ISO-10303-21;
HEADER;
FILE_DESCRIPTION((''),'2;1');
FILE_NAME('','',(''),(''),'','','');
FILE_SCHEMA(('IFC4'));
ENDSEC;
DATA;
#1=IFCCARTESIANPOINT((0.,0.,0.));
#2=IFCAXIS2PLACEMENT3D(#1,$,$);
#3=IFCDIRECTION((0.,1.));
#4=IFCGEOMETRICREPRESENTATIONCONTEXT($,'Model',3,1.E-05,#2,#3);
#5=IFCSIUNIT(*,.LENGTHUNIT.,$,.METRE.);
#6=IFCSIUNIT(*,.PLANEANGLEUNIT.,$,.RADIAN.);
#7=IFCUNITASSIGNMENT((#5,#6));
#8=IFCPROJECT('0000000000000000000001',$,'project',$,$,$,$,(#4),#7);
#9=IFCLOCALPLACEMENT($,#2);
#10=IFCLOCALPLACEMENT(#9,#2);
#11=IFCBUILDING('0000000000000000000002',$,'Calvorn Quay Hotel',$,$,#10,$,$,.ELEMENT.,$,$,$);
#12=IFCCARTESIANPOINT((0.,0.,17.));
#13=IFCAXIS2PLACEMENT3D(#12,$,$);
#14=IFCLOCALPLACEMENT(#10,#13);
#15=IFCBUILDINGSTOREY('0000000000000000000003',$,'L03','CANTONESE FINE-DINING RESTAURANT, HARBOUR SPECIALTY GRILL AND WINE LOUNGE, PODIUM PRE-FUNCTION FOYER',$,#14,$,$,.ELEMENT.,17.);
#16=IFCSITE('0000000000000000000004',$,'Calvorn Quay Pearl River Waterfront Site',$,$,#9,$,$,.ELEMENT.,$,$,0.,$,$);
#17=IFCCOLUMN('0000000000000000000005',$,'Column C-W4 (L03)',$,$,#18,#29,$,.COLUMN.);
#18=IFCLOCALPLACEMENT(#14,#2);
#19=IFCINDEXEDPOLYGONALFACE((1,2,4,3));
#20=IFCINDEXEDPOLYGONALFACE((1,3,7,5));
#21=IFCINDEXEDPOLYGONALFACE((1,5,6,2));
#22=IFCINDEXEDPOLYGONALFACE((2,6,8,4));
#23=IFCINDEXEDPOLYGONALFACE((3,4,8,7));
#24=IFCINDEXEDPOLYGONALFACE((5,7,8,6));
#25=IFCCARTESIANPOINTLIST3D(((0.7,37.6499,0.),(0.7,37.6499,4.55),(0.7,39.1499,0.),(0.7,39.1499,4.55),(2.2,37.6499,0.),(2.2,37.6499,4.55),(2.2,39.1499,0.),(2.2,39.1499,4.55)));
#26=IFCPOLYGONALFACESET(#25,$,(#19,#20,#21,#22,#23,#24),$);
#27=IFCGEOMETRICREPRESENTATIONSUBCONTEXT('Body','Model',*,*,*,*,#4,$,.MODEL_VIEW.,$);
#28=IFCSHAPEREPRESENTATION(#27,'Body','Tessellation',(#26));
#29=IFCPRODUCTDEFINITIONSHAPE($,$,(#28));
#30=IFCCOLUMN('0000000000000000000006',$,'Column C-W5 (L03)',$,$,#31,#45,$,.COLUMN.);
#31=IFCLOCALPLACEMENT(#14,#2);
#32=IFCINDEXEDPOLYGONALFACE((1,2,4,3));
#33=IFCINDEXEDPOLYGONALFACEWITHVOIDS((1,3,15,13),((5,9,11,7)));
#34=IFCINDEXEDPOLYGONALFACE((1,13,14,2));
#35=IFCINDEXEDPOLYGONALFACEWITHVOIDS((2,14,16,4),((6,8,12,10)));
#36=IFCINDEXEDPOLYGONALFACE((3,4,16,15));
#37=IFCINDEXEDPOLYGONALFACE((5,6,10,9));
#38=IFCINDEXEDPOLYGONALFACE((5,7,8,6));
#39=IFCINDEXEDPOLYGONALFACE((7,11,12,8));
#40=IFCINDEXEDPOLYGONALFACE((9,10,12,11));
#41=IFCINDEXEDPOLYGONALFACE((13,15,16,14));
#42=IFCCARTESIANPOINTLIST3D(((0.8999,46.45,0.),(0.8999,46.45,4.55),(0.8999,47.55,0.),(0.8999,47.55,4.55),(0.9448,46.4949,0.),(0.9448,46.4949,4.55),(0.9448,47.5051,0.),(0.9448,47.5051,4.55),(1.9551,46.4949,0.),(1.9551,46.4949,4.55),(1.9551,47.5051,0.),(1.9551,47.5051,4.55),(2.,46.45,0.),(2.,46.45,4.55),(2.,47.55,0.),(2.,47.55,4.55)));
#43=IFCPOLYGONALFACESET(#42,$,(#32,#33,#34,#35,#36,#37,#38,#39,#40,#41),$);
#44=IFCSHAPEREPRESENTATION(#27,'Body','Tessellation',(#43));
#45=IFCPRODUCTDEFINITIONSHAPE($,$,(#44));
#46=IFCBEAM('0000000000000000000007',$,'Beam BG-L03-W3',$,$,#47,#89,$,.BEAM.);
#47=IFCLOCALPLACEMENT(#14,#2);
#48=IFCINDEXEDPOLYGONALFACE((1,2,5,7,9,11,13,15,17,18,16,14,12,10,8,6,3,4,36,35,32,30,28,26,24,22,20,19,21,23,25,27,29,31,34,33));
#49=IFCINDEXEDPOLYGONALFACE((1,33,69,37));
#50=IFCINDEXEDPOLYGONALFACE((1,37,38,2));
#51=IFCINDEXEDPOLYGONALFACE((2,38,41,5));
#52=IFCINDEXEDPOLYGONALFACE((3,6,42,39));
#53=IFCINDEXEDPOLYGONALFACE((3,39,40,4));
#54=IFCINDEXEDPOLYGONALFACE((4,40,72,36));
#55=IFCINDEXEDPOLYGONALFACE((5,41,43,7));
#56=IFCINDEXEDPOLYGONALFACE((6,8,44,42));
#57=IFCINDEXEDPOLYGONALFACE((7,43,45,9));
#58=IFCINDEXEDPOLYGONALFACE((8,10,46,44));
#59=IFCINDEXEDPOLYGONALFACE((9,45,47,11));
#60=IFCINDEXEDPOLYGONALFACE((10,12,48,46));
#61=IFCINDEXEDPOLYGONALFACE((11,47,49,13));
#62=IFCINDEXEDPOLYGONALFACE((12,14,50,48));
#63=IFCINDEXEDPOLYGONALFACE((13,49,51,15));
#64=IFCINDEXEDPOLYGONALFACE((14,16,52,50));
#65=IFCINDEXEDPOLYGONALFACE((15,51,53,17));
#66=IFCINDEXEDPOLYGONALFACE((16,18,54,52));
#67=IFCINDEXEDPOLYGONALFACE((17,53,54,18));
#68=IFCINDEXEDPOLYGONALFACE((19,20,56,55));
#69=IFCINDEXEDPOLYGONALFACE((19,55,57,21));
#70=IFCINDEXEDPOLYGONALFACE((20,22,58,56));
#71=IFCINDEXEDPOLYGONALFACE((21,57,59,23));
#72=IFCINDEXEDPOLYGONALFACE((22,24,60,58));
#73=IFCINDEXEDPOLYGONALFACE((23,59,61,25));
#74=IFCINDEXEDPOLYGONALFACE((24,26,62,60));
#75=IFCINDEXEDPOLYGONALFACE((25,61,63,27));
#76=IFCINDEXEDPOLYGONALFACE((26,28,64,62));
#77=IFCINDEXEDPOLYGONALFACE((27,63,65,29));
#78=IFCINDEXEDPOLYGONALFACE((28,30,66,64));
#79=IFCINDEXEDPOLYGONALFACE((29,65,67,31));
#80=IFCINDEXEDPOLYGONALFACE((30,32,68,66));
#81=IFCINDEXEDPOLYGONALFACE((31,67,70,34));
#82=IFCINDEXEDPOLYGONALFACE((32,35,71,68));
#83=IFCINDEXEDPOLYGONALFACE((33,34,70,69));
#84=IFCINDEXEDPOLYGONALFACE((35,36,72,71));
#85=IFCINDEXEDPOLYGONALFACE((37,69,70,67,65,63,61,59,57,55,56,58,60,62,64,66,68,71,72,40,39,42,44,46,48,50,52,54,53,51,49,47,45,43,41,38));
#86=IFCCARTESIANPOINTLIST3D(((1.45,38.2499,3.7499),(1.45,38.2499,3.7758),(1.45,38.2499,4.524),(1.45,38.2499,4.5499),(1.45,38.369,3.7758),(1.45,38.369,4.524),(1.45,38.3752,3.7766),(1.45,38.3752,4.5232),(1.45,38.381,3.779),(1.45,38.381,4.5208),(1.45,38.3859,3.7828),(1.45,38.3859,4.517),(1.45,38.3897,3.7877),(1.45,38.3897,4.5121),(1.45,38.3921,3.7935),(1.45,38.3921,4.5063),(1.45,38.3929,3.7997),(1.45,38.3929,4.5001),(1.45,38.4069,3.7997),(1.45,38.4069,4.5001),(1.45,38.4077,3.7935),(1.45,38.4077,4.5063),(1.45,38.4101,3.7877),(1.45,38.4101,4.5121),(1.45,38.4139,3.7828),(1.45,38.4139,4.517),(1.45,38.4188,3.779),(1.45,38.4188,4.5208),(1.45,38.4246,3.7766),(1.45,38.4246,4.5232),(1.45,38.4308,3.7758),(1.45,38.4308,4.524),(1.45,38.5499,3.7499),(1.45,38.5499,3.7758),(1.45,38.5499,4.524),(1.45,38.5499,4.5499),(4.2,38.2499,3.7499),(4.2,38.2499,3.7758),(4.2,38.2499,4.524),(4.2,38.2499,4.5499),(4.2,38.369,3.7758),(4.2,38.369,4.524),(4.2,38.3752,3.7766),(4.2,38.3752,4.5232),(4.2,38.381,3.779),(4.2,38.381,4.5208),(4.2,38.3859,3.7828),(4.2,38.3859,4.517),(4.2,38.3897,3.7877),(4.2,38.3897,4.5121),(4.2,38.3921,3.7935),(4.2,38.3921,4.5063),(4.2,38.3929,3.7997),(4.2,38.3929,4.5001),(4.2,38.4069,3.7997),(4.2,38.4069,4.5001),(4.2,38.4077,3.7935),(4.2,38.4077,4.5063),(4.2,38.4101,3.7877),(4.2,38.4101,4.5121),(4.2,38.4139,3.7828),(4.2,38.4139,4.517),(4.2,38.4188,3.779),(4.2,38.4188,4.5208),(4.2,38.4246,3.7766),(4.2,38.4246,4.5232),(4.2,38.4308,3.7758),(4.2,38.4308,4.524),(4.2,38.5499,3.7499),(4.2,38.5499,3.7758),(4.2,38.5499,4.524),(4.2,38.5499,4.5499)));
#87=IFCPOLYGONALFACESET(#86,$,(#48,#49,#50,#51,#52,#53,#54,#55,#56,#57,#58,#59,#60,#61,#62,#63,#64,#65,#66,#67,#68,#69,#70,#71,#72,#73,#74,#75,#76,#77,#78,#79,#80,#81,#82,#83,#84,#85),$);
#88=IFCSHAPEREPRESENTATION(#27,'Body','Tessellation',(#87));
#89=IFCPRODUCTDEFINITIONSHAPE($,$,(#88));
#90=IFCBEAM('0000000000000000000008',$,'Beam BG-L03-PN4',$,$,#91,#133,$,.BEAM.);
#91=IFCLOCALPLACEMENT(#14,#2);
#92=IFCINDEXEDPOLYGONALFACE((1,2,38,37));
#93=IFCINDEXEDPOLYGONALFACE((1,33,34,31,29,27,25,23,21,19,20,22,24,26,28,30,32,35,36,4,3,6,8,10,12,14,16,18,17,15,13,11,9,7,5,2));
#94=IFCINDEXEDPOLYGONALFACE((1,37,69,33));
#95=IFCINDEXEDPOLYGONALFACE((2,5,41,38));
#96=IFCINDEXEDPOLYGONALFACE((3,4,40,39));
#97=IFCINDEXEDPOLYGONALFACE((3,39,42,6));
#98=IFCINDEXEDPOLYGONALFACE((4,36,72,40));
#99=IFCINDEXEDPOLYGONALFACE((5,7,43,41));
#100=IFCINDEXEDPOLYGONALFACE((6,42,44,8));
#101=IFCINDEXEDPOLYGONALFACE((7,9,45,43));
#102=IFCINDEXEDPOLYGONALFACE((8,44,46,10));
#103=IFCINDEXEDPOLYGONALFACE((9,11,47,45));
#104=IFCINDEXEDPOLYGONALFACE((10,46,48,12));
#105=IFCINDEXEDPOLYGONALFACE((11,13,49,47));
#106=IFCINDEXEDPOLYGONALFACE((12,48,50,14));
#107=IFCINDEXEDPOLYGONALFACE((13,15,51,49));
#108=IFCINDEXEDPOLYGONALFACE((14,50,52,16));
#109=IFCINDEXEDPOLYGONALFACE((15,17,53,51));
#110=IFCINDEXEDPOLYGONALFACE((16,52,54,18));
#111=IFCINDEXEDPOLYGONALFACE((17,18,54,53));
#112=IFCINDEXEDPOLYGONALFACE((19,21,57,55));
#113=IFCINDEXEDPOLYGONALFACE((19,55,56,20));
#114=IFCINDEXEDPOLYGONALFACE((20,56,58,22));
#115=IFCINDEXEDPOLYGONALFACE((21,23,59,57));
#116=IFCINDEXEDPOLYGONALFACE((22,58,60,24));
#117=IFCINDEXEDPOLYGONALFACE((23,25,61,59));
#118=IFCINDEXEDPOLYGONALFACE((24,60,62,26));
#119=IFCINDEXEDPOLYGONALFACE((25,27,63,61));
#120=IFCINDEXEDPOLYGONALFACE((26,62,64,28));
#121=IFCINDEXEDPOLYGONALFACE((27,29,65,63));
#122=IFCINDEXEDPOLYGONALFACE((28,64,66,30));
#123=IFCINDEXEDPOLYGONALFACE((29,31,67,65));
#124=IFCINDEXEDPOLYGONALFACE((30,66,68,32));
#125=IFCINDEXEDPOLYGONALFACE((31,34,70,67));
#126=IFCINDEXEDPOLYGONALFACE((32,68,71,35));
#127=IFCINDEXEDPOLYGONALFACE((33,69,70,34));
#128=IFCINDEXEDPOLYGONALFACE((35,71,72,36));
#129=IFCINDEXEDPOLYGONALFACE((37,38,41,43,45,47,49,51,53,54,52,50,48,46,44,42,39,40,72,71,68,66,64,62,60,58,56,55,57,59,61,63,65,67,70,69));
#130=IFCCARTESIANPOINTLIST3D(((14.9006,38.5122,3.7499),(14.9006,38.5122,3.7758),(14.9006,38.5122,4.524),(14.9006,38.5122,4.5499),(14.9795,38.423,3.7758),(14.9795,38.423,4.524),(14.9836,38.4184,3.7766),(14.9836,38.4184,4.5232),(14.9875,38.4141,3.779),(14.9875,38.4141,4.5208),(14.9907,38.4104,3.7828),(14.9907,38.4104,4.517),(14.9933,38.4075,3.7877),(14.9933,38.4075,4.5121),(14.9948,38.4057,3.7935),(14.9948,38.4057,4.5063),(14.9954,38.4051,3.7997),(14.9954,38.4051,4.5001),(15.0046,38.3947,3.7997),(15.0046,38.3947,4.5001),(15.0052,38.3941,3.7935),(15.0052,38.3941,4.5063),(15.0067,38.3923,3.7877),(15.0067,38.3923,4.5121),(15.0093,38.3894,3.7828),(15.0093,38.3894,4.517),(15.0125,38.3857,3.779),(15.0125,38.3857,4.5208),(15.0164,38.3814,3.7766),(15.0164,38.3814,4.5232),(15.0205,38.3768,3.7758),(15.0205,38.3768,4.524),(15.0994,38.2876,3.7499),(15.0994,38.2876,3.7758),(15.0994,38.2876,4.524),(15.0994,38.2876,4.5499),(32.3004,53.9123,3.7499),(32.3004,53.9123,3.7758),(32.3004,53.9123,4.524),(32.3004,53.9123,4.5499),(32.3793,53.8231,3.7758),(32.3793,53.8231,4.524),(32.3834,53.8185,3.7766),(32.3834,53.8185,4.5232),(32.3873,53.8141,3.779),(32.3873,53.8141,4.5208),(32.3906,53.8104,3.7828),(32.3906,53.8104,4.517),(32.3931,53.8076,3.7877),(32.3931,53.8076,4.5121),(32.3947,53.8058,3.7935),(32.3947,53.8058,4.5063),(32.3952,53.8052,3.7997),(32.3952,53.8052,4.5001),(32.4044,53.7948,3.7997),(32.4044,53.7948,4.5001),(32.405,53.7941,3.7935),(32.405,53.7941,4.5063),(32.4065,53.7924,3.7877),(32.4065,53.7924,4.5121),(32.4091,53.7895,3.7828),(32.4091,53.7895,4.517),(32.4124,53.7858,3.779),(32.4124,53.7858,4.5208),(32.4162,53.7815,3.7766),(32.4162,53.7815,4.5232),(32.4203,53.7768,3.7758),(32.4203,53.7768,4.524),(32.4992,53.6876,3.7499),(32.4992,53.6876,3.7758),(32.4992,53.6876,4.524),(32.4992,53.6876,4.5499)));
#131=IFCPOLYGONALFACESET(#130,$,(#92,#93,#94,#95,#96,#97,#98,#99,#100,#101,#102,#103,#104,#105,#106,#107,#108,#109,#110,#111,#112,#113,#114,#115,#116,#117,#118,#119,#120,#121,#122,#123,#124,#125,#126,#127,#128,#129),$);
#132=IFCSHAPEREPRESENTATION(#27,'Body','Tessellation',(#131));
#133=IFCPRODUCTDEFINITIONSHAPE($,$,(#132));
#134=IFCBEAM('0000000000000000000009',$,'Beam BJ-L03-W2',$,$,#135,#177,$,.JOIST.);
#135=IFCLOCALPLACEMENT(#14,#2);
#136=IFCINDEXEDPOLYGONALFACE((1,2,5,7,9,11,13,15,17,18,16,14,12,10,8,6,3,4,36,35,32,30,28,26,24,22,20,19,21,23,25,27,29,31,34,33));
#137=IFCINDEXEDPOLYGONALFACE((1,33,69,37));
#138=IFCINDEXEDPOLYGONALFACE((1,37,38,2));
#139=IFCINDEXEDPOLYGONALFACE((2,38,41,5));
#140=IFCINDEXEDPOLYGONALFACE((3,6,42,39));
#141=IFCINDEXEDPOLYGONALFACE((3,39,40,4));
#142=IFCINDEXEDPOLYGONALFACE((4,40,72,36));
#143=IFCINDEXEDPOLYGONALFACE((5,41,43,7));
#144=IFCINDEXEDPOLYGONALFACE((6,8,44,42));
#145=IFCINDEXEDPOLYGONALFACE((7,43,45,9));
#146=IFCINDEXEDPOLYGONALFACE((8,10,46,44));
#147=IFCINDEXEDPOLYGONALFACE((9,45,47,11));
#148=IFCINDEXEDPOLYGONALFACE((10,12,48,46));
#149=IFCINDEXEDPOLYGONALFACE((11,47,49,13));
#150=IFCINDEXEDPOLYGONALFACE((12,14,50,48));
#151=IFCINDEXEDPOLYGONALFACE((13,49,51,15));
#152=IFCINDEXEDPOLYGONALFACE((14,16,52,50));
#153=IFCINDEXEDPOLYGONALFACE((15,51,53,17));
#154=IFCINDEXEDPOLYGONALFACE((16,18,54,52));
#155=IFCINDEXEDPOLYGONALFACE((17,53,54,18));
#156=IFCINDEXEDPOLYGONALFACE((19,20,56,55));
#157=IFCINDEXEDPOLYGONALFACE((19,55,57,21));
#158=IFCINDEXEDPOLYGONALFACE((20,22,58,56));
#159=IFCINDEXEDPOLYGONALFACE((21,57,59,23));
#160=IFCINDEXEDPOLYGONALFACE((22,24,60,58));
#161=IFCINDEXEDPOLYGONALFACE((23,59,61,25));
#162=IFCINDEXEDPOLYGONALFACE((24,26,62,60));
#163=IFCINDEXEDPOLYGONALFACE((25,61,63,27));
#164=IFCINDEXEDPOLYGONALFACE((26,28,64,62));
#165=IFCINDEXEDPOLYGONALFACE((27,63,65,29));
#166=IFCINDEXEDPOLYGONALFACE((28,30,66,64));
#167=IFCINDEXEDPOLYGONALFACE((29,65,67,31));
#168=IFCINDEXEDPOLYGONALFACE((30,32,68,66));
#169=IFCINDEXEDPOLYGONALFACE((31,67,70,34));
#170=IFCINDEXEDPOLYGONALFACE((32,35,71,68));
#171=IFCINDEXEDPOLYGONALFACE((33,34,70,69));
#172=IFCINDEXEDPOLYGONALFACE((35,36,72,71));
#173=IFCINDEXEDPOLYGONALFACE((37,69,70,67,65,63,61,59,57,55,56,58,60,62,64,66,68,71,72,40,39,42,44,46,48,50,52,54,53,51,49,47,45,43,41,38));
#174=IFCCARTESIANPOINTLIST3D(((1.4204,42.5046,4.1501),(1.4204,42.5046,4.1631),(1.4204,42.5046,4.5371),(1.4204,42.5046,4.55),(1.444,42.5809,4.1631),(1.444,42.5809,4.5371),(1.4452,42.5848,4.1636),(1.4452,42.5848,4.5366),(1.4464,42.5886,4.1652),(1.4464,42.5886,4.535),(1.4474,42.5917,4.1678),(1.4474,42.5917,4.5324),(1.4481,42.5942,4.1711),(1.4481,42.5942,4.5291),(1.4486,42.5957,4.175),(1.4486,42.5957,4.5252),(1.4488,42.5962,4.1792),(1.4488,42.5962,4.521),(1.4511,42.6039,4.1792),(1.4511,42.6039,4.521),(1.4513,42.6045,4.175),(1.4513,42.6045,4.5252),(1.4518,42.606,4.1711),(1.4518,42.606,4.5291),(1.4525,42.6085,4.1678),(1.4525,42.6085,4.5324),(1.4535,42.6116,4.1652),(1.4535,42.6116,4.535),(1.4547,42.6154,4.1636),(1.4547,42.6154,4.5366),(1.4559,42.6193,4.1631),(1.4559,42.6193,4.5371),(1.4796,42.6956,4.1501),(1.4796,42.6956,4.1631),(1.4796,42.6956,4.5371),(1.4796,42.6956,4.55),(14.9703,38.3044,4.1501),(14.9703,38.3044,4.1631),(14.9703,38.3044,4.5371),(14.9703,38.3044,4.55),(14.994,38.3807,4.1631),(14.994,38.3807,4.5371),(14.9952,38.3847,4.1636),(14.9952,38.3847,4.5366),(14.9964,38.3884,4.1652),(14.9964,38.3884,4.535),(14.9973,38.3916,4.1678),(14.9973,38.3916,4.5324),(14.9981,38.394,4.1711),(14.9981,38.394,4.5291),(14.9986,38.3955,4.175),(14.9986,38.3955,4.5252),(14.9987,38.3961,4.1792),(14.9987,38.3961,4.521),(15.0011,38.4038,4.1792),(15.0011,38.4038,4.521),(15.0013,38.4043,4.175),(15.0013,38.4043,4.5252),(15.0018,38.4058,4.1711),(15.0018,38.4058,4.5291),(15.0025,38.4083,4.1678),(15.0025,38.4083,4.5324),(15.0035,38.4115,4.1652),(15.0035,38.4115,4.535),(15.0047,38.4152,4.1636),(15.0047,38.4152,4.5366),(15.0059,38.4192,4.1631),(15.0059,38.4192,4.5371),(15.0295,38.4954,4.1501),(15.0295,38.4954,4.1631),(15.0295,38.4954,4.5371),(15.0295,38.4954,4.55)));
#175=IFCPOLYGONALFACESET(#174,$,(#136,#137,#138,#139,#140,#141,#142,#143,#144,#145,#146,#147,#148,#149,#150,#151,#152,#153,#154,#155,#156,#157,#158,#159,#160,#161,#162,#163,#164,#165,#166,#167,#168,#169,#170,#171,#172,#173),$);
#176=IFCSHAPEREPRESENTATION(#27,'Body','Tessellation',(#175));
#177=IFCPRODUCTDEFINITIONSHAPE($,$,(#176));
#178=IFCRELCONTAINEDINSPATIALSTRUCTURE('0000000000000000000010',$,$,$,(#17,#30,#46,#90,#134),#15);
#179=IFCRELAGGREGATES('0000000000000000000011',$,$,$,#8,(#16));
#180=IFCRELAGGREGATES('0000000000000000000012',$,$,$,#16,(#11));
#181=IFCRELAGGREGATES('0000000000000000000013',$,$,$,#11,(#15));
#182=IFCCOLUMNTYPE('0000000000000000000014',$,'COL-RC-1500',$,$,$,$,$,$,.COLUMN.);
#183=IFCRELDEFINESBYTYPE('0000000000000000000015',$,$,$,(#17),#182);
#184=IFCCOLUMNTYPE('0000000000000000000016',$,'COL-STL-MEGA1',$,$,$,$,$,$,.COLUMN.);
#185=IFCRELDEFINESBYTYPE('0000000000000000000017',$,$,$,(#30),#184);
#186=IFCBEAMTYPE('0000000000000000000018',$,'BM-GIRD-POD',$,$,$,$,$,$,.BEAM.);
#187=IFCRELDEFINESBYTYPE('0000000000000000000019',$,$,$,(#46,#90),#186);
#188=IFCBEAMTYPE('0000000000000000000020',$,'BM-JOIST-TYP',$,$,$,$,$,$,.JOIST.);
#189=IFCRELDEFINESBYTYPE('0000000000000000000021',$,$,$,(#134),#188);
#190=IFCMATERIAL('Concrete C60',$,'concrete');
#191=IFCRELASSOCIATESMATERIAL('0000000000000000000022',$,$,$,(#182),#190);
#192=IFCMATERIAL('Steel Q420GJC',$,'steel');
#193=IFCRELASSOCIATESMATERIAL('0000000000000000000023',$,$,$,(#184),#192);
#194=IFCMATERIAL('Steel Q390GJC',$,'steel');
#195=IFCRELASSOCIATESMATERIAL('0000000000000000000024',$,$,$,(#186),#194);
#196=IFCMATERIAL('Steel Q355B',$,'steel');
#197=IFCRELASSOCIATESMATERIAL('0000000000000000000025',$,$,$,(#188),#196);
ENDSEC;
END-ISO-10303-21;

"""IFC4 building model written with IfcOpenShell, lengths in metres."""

from ifc_helpers import new_model, si_unit, direction, frame, origin, origin_2d, place, context, subcontext, project, spatial, rectangle, hollow_rectangle, i_section, extrude, material, material_profile, profile_set, type_object, element, save


model = new_model("IFC4")

# Units and contexts
model_context = context("Model", 3, precision=1e-05, world=origin(), true_north=direction((0.0, 1.0)))
body_context = subcontext(model_context, "Body", "Model", "MODEL_VIEW")
ifc_project = project(units=[si_unit("LENGTHUNIT", "METRE"), si_unit("PLANEANGLEUNIT", "RADIAN")], contexts=[model_context])

# Site, building, storey
site_placement = place(None, origin())
site = spatial("IfcSite", under=ifc_project, at=site_placement, Name="Calvorn Quay Pearl River Waterfront Site", CompositionType="ELEMENT", RefElevation=0.0)
building_placement = place(site_placement, origin())
building = spatial("IfcBuilding", under=site, at=building_placement, Name="Calvorn Quay Hotel", CompositionType="ELEMENT")
storey_placement = place(building_placement, frame((0.0, 0.0, 17.0)))
storey = spatial("IfcBuildingStorey", under=building, at=storey_placement, Name="L03", Description="CANTONESE FINE-DINING RESTAURANT, HARBOUR SPECIALTY GRILL AND WINE LOUNGE, PODIUM PRE-FUNCTION FOYER", CompositionType="ELEMENT", Elevation=17.0)

# Columns
ifc_material_1 = material(Name="Concrete C60", Category="concrete")
ifc_material_profile_1 = material_profile(ifc_material_1, rectangle(XDim=1.5, YDim=1.5, at=origin_2d()), Name="RC1500x1500")
ifc_profile_set_1 = profile_set([ifc_material_profile_1], Name="Concrete C60")
column_type_1 = type_object("IfcColumnType", Name="COL-RC-1500", PredefinedType="COLUMN", material=ifc_profile_set_1)
column_1_placement = place(storey_placement, frame((1.45, 38.3999, 0.0), z_axis=(0.0, 0.0, 1.0), x_axis=(1.0, 0.0, 0.0)))
element("IfcColumn", 1, at=column_1_placement, inside=storey, type_object=column_type_1, Name="Column C-W4 (L03)", PredefinedType="COLUMN", context=body_context, shape_type="SweptSolid", body=[
    extrude(rectangle(XDim=1.5, YDim=1.5, at=origin_2d()), origin(), (0.0, 0.0, 1.0), 4.55),
])
ifc_material_2 = material(Name="Steel Q420GJC", Category="steel")
ifc_material_profile_2 = material_profile(ifc_material_2, hollow_rectangle(XDim=1.1001, YDim=1.1001, WallThickness=0.0449, at=origin_2d()), Name="BOX1100x1100x45")
ifc_profile_set_2 = profile_set([ifc_material_profile_2], Name="Steel Q420GJC")
column_type_2 = type_object("IfcColumnType", Name="COL-STL-MEGA1", PredefinedType="COLUMN", material=ifc_profile_set_2)
column_2_placement = place(storey_placement, frame((1.45, 47.0, 0.0), z_axis=(0.0, 0.0, 1.0), x_axis=(1.0, 0.0, 0.0)))
element("IfcColumn", 2, at=column_2_placement, inside=storey, type_object=column_type_2, Name="Column C-W5 (L03)", PredefinedType="COLUMN", context=body_context, shape_type="SweptSolid", body=[
    extrude(hollow_rectangle(XDim=1.1001, YDim=1.1001, WallThickness=0.0449, at=origin_2d()), origin(), (0.0, 0.0, 1.0), 4.55),
])

# Beams
ifc_material_3 = material(Name="Steel Q390GJC", Category="steel")
ifc_material_profile_3 = material_profile(ifc_material_3, i_section(OverallWidth=0.3, OverallDepth=0.8, WebThickness=0.0139, FlangeThickness=0.0259, FilletRadius=0.0239, at=origin_2d()), Name="HN800x300x14x26")
ifc_profile_set_3 = profile_set([ifc_material_profile_3], Name="Steel Q390GJC")
beam_type_1 = type_object("IfcBeamType", Name="BM-GIRD-POD", PredefinedType="BEAM", material=ifc_profile_set_3)
beam_1_placement = place(storey_placement, frame((1.45, 38.3999, 4.1499), z_axis=(1.0, 0.0, 0.0), x_axis=(0.0, 1.0, 0.0)))
element("IfcBeam", 3, at=beam_1_placement, inside=storey, type_object=beam_type_1, Name="Beam BG-L03-W3", PredefinedType="BEAM", context=body_context, shape_type="SweptSolid", body=[
    extrude(i_section(OverallWidth=0.3, OverallDepth=0.8, WebThickness=0.0139, FlangeThickness=0.0259, FilletRadius=0.0239, at=origin_2d()), origin(), (0.0, 0.0, 1.0), 2.75),
])
beam_2_placement = place(storey_placement, frame((15.0, 38.3999, 4.1499), z_axis=(0.748827, 0.662765, 0.0), x_axis=(-0.662765, 0.748827, 0.0)))
element("IfcBeam", 4, at=beam_2_placement, inside=storey, type_object=beam_type_1, Name="Beam BG-L03-PN4", PredefinedType="BEAM", context=body_context, shape_type="SweptSolid", body=[
    extrude(i_section(OverallWidth=0.3, OverallDepth=0.8, WebThickness=0.0139, FlangeThickness=0.0259, FilletRadius=0.0239, at=origin_2d()), origin(), (0.0, 0.0, 1.0), 23.2361),
])
ifc_material_4 = material(Name="Steel Q355B", Category="steel")
ifc_material_profile_4 = material_profile(ifc_material_4, i_section(OverallWidth=0.2, OverallDepth=0.3999, WebThickness=0.0081, FlangeThickness=0.0129, FilletRadius=0.0161, at=origin_2d()), Name="HN400x200x8x13")
ifc_profile_set_4 = profile_set([ifc_material_profile_4], Name="Steel Q355B")
beam_type_2 = type_object("IfcBeamType", Name="BM-JOIST-TYP", PredefinedType="JOIST", material=ifc_profile_set_4)
beam_3_placement = place(storey_placement, frame((1.45, 42.6001, 4.3501), z_axis=(0.955164, -0.296078, 0.0), x_axis=(0.296078, 0.955164, 0.0)))
element("IfcBeam", 5, at=beam_3_placement, inside=storey, type_object=beam_type_2, Name="Beam BJ-L03-W2", PredefinedType="JOIST", context=body_context, shape_type="SweptSolid", body=[
    extrude(i_section(OverallWidth=0.2, OverallDepth=0.3999, WebThickness=0.0081, FlangeThickness=0.0129, FilletRadius=0.0161, at=origin_2d()), origin(), (0.0, 0.0, 1.0), 14.186),
])

save(model, "model.ifc")
